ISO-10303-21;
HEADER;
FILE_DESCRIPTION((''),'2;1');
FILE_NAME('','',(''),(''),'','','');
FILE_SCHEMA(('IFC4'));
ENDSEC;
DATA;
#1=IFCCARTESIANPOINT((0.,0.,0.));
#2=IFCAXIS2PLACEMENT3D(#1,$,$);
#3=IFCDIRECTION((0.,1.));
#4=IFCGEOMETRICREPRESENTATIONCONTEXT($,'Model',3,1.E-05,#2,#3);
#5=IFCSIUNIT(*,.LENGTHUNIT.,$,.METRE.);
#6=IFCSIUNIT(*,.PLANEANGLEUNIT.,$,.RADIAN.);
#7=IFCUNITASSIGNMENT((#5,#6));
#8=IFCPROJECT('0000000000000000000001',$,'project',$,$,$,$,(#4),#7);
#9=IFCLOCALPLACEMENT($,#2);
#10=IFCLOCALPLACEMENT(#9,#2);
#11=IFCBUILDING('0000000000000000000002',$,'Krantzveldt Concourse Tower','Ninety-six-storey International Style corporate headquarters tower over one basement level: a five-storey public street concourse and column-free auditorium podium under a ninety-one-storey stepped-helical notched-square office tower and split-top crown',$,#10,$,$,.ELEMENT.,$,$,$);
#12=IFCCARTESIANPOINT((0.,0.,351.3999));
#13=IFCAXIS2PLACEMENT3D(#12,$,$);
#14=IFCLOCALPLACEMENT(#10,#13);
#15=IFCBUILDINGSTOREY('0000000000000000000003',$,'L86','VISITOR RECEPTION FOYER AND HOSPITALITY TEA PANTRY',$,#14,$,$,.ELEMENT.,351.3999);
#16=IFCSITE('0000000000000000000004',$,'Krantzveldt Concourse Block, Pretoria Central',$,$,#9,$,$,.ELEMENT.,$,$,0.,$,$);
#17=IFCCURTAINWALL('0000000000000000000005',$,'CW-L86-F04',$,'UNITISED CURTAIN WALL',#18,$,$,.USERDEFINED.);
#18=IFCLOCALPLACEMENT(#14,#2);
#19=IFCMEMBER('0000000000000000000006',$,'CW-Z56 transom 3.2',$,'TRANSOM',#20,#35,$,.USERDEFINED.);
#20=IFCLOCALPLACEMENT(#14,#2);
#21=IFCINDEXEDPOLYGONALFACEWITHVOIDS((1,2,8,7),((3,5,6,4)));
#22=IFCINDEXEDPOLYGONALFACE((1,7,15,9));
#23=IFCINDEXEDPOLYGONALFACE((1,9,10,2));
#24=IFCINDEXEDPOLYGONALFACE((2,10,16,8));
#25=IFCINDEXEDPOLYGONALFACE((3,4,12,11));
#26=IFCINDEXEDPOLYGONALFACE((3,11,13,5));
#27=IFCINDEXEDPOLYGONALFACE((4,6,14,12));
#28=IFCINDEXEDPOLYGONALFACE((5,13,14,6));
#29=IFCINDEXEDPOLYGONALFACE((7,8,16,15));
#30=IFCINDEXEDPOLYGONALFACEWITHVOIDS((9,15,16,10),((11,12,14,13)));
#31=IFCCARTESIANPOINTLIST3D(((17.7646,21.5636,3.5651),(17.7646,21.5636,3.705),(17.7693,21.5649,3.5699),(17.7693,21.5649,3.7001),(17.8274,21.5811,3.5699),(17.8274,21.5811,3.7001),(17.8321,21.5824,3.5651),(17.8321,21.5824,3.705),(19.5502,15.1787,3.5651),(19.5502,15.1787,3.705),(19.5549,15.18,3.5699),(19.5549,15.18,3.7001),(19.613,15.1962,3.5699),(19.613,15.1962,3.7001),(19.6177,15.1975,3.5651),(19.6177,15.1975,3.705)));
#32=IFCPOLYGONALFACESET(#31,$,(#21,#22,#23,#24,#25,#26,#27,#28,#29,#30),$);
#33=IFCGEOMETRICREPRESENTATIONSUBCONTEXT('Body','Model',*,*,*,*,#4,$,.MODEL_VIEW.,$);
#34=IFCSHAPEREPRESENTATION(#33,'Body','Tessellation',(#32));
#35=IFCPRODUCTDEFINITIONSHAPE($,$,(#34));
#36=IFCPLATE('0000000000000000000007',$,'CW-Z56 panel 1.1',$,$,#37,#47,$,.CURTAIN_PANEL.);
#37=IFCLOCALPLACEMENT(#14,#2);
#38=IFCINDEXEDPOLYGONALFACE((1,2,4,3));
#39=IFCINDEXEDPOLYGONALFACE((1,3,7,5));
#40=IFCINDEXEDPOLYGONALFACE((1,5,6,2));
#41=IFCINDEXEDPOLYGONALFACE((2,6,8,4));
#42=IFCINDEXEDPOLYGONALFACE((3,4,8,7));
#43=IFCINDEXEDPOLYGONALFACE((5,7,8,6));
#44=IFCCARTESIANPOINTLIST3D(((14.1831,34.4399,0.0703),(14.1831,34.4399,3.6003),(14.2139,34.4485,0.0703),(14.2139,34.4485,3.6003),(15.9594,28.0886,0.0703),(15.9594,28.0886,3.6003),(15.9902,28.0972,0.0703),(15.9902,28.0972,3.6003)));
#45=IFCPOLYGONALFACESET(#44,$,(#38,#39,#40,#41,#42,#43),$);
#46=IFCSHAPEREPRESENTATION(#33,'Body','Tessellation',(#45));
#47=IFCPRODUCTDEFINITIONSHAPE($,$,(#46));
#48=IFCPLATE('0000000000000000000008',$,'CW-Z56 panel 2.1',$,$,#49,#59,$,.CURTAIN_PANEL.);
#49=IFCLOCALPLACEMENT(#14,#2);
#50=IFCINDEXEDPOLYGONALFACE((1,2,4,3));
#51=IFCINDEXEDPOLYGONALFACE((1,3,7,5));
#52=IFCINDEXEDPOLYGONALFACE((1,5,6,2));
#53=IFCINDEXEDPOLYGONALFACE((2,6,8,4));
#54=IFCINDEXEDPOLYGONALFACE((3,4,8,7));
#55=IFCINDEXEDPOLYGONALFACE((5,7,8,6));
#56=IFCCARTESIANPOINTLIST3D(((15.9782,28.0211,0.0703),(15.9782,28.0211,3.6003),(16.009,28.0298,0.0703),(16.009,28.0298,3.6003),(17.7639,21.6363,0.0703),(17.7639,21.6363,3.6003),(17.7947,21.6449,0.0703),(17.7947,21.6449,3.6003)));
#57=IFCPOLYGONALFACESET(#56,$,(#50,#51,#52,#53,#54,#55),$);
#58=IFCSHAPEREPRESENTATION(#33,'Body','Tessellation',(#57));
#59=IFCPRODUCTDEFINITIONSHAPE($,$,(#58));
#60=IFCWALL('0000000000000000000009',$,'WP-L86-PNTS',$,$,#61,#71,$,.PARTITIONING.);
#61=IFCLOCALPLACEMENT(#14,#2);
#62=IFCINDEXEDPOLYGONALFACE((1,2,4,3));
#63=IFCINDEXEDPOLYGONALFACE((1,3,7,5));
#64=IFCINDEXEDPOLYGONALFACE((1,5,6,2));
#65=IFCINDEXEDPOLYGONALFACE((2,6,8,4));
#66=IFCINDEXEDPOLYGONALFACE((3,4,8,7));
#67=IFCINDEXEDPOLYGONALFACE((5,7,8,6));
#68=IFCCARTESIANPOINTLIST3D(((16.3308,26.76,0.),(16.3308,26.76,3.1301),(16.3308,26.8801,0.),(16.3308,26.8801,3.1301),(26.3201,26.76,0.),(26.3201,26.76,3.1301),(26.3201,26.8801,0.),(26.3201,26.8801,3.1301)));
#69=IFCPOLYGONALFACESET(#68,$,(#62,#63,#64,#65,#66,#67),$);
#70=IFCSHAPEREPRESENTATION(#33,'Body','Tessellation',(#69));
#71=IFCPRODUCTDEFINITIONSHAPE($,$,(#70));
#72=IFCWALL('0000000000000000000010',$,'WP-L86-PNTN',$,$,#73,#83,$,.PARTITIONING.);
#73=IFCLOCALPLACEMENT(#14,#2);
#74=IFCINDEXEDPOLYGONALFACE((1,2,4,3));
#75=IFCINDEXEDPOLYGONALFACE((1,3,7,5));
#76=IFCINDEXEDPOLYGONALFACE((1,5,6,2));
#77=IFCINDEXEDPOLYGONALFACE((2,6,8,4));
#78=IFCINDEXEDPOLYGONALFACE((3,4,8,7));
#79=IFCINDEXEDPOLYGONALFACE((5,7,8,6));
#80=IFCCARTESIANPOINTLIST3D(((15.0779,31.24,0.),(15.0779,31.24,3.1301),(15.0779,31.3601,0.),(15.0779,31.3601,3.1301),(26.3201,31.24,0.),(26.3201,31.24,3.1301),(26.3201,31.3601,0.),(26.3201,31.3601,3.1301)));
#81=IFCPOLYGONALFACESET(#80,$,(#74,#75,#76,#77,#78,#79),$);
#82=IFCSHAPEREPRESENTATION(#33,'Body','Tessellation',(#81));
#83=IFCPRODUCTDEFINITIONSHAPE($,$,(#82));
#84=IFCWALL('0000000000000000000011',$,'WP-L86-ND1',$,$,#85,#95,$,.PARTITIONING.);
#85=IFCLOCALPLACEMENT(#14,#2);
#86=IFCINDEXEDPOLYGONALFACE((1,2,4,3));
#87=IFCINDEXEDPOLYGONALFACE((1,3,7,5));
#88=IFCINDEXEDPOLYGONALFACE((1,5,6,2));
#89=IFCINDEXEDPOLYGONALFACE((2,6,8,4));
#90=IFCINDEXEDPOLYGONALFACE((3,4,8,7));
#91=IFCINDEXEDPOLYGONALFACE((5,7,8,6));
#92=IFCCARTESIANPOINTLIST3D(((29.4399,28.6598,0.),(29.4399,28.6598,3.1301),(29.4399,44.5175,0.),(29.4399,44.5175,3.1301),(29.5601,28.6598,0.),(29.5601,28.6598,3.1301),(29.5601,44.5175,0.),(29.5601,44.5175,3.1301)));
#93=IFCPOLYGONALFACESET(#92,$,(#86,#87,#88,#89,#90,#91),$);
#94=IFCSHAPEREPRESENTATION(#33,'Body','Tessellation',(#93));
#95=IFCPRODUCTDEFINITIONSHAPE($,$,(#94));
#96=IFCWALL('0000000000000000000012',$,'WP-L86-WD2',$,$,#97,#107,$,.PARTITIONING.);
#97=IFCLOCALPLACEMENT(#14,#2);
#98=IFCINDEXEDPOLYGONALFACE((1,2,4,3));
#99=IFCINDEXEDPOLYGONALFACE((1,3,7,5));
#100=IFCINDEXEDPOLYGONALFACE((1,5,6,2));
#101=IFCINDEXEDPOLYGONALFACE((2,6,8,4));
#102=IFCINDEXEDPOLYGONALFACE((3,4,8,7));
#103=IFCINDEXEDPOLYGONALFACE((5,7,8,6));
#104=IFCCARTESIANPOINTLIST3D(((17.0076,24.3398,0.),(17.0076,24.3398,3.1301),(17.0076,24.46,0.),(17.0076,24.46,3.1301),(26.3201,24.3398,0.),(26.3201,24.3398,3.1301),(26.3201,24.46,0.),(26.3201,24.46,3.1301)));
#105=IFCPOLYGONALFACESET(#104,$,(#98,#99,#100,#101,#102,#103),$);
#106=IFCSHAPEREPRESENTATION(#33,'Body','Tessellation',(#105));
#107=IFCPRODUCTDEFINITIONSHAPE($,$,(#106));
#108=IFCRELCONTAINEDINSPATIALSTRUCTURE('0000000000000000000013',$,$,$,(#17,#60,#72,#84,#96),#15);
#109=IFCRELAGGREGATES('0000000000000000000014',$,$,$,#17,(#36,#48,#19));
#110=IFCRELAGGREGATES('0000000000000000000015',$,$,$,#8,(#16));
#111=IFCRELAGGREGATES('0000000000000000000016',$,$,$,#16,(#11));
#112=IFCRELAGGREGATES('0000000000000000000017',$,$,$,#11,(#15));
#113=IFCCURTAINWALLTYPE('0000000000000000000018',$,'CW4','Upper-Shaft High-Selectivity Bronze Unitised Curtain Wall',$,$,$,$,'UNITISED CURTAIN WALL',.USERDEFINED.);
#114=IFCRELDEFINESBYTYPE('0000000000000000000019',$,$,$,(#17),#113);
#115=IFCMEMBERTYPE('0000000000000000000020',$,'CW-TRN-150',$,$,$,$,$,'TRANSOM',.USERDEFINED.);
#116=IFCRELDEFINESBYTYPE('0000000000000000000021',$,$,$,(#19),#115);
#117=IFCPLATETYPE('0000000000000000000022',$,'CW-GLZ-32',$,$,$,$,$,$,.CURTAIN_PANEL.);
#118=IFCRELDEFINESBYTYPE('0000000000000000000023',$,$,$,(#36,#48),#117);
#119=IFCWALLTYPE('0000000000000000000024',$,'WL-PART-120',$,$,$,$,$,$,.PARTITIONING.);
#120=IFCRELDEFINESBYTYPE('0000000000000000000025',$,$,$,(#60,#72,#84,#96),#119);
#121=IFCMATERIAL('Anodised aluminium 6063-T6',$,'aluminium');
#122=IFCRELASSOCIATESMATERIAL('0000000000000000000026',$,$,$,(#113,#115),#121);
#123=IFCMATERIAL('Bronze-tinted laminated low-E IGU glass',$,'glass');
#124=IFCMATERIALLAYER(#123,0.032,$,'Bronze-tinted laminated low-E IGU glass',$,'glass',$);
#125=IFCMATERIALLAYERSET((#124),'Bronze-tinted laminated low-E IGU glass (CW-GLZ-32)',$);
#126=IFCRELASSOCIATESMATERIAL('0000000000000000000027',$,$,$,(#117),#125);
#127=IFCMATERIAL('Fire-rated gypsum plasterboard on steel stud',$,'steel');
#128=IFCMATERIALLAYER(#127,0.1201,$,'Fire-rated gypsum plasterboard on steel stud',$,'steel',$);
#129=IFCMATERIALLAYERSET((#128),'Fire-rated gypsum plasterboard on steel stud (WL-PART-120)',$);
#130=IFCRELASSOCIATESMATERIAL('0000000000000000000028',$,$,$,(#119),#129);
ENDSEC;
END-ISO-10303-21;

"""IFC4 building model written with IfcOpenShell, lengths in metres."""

from ifc_helpers import new_model, si_unit, direction, frame, frame_2d, origin, origin_2d, place, context, subcontext, project, spatial, rectangle, hollow_rectangle, extrude, source, transform, mapped, material, layer, layer_set, material_profile, profile_set, type_object, type_shapes, element, aggregate, save


model = new_model("IFC4")

# Units and contexts
model_context = context("Model", 3, precision=1e-05, world=origin(), true_north=direction((0.0, 1.0)))
body_context = subcontext(model_context, "Body", "Model", "MODEL_VIEW")
ifc_project = project(units=[si_unit("LENGTHUNIT", "METRE"), si_unit("PLANEANGLEUNIT", "RADIAN")], contexts=[model_context])

# Site, building, storey
site_placement = place(None, origin())
site = spatial("IfcSite", under=ifc_project, at=site_placement, Name="Krantzveldt Concourse Block, Pretoria Central", CompositionType="ELEMENT", RefElevation=0.0)
building_placement = place(site_placement, origin())
building = spatial("IfcBuilding", under=site, at=building_placement, Name="Krantzveldt Concourse Tower", Description="Ninety-six-storey International Style corporate headquarters tower over one basement level: a five-storey public street concourse and column-free auditorium podium under a ninety-one-storey stepped-helical notched-square office tower and split-top crown", CompositionType="ELEMENT")
storey_placement = place(building_placement, frame((0.0, 0.0, 351.3999)))
storey = spatial("IfcBuildingStorey", under=building, at=storey_placement, Name="L86", Description="VISITOR RECEPTION FOYER AND HOSPITALITY TEA PANTRY", CompositionType="ELEMENT", Elevation=351.3999)

# Curtain wall, member, plates
ifc_material_1 = material(Name="Anodised aluminium 6063-T6", Category="aluminium")
curtain_wall_type = type_object("IfcCurtainWallType", Name="CW4", Description="Upper-Shaft High-Selectivity Bronze Unitised Curtain Wall", ElementType="UNITISED CURTAIN WALL", PredefinedType="USERDEFINED", material=ifc_material_1)
curtain_wall_placement = place(storey_placement, origin())
curtain_wall = element("IfcCurtainWall", 1, at=curtain_wall_placement, inside=storey, type_object=curtain_wall_type, Name="CW-L86-F04", ObjectType="UNITISED CURTAIN WALL", PredefinedType="USERDEFINED")
ifc_material_profile_1 = material_profile(ifc_material_1, hollow_rectangle(XDim=0.0701, YDim=0.1399, WallThickness=0.0049, at=origin_2d()), Name="Anodised aluminium 6063-T6", Category="aluminium")
ifc_profile_set_1 = profile_set([ifc_material_profile_1], Name="Anodised aluminium 6063-T6 - ALU-TRAN 140x70x5")
member_type_1 = type_object("IfcMemberType", Name="CW-TRN-150", ElementType="TRANSOM", PredefinedType="USERDEFINED", material=ifc_profile_set_1)
shared_shape_1 = source(origin(), body_context, "Body", "SweptSolid", [
    extrude(hollow_rectangle(XDim=0.0701, YDim=0.1399, WallThickness=0.0049, at=origin_2d()), origin(), (0.0, 0.0, 1.0), 6.6299),
])
type_shapes(member_type_1, [shared_shape_1])
member_1_placement = place(storey_placement, frame((17.7983, 21.573, 3.635), z_axis=(0.269328, -0.963048, 0.0), x_axis=(0.963048, 0.269328, 0.0)))
member_1 = element("IfcMember", 2, at=member_1_placement, type_object=member_type_1, Name="CW-Z56 transom 3.2", ObjectType="TRANSOM", PredefinedType="USERDEFINED", context=body_context, shape_type="MappedRepresentation", body=[
    mapped(shared_shape_1, transform((0.0, 0.0, 0.0), x_axis=(1.0, 0.0, 0.0), y_axis=(0.0, 1.0, 0.0), z_axis=(0.0, 0.0, 1.0), scale=1.0)),
])
ifc_material_2 = material(Name="Bronze-tinted laminated low-E IGU glass", Category="glass")
ifc_layer_1 = layer(ifc_material_2, 0.032, Name="Bronze-tinted laminated low-E IGU glass", Category="glass")
ifc_layer_set_1 = layer_set([ifc_layer_1], Name="Bronze-tinted laminated low-E IGU glass (CW-GLZ-32)")
plate_type = type_object("IfcPlateType", Name="CW-GLZ-32", PredefinedType="CURTAIN_PANEL", material=ifc_layer_set_1)
shared_shape_2 = source(origin(), body_context, "Body", "SweptSolid", [
    extrude(rectangle(XDim=6.595, YDim=0.032, at=origin_2d()), origin(), (0.0, 0.0, 1.0), 3.53),
])
plate_1_placement = place(storey_placement, frame((15.0867, 31.2686, 0.0703), z_axis=(0.0, 0.0, 1.0), x_axis=(0.26934, -0.963045, 0.0)))
plate_1 = element("IfcPlate", 3, at=plate_1_placement, type_object=plate_type, Name="CW-Z56 panel 1.1", PredefinedType="CURTAIN_PANEL", context=body_context, shape_type="MappedRepresentation", body=[
    mapped(shared_shape_2, transform((0.0, 0.0, 0.0), x_axis=(1.0, 0.0, 0.0), y_axis=(0.0, 1.0, 0.0), z_axis=(0.0, 0.0, 1.0), scale=1.0)),
])
shared_shape_3 = source(origin(), body_context, "Body", "SweptSolid", [
    extrude(rectangle(XDim=6.6299, YDim=0.032, at=origin_2d()), origin(), (0.0, 0.0, 1.0), 3.53),
])
type_shapes(plate_type, [shared_shape_2, shared_shape_3])
plate_2_placement = place(storey_placement, frame((16.8865, 24.833, 0.0703), z_axis=(0.0, 0.0, 1.0), x_axis=(0.26934, -0.963045, 0.0)))
plate_2 = element("IfcPlate", 4, at=plate_2_placement, type_object=plate_type, Name="CW-Z56 panel 2.1", PredefinedType="CURTAIN_PANEL", context=body_context, shape_type="MappedRepresentation", body=[
    mapped(shared_shape_3, transform((0.0, 0.0, 0.0), x_axis=(1.0, 0.0, 0.0), y_axis=(0.0, 1.0, 0.0), z_axis=(0.0, 0.0, 1.0), scale=1.0)),
])
aggregate(curtain_wall, [plate_1, plate_2, member_1])

# Walls
ifc_material_3 = material(Name="Fire-rated gypsum plasterboard on steel stud", Category="steel")
ifc_layer_2 = layer(ifc_material_3, 0.1201, Name="Fire-rated gypsum plasterboard on steel stud", Category="steel")
ifc_layer_set_2 = layer_set([ifc_layer_2], Name="Fire-rated gypsum plasterboard on steel stud (WL-PART-120)")
wall_type_1 = type_object("IfcWallType", Name="WL-PART-120", PredefinedType="PARTITIONING", material=ifc_layer_set_2)
wall_1_placement = place(storey_placement, frame((16.3308, 26.8201, 0.0), z_axis=(0.0, 0.0, 1.0), x_axis=(1.0, 0.0, 0.0)))
element("IfcWall", 5, at=wall_1_placement, inside=storey, type_object=wall_type_1, Name="WP-L86-PNTS", PredefinedType="PARTITIONING", context=body_context, shape_type="SweptSolid", body=[
    extrude(rectangle(XDim=9.9893, YDim=0.1201, at=frame_2d((4.9946, 0.0))), origin(), (0.0, 0.0, 1.0), 3.1301),
])
wall_2_placement = place(storey_placement, frame((15.0779, 31.3, 0.0), z_axis=(0.0, 0.0, 1.0), x_axis=(1.0, 0.0, 0.0)))
element("IfcWall", 6, at=wall_2_placement, inside=storey, type_object=wall_type_1, Name="WP-L86-PNTN", PredefinedType="PARTITIONING", context=body_context, shape_type="SweptSolid", body=[
    extrude(rectangle(XDim=11.2422, YDim=0.1201, at=frame_2d((5.6211, 0.0))), origin(), (0.0, 0.0, 1.0), 3.1301),
])
wall_3_placement = place(storey_placement, frame((29.5, 28.6599, 0.0), z_axis=(0.0, 0.0, 1.0), x_axis=(0.0, 1.0, 0.0)))
element("IfcWall", 7, at=wall_3_placement, inside=storey, type_object=wall_type_1, Name="WP-L86-ND1", PredefinedType="PARTITIONING", context=body_context, shape_type="SweptSolid", body=[
    extrude(rectangle(XDim=15.8577, YDim=0.1201, at=frame_2d((7.9287, 0.0))), origin(), (0.0, 0.0, 1.0), 3.1301),
])
wall_4_placement = place(storey_placement, frame((17.0076, 24.3999, 0.0), z_axis=(0.0, 0.0, 1.0), x_axis=(1.0, 0.0, 0.0)))
element("IfcWall", 8, at=wall_4_placement, inside=storey, type_object=wall_type_1, Name="WP-L86-WD2", PredefinedType="PARTITIONING", context=body_context, shape_type="SweptSolid", body=[
    extrude(rectangle(XDim=9.3125, YDim=0.1201, at=frame_2d((4.6562, 0.0))), origin(), (0.0, 0.0, 1.0), 3.1301),
])

save(model, "model.ifc")
